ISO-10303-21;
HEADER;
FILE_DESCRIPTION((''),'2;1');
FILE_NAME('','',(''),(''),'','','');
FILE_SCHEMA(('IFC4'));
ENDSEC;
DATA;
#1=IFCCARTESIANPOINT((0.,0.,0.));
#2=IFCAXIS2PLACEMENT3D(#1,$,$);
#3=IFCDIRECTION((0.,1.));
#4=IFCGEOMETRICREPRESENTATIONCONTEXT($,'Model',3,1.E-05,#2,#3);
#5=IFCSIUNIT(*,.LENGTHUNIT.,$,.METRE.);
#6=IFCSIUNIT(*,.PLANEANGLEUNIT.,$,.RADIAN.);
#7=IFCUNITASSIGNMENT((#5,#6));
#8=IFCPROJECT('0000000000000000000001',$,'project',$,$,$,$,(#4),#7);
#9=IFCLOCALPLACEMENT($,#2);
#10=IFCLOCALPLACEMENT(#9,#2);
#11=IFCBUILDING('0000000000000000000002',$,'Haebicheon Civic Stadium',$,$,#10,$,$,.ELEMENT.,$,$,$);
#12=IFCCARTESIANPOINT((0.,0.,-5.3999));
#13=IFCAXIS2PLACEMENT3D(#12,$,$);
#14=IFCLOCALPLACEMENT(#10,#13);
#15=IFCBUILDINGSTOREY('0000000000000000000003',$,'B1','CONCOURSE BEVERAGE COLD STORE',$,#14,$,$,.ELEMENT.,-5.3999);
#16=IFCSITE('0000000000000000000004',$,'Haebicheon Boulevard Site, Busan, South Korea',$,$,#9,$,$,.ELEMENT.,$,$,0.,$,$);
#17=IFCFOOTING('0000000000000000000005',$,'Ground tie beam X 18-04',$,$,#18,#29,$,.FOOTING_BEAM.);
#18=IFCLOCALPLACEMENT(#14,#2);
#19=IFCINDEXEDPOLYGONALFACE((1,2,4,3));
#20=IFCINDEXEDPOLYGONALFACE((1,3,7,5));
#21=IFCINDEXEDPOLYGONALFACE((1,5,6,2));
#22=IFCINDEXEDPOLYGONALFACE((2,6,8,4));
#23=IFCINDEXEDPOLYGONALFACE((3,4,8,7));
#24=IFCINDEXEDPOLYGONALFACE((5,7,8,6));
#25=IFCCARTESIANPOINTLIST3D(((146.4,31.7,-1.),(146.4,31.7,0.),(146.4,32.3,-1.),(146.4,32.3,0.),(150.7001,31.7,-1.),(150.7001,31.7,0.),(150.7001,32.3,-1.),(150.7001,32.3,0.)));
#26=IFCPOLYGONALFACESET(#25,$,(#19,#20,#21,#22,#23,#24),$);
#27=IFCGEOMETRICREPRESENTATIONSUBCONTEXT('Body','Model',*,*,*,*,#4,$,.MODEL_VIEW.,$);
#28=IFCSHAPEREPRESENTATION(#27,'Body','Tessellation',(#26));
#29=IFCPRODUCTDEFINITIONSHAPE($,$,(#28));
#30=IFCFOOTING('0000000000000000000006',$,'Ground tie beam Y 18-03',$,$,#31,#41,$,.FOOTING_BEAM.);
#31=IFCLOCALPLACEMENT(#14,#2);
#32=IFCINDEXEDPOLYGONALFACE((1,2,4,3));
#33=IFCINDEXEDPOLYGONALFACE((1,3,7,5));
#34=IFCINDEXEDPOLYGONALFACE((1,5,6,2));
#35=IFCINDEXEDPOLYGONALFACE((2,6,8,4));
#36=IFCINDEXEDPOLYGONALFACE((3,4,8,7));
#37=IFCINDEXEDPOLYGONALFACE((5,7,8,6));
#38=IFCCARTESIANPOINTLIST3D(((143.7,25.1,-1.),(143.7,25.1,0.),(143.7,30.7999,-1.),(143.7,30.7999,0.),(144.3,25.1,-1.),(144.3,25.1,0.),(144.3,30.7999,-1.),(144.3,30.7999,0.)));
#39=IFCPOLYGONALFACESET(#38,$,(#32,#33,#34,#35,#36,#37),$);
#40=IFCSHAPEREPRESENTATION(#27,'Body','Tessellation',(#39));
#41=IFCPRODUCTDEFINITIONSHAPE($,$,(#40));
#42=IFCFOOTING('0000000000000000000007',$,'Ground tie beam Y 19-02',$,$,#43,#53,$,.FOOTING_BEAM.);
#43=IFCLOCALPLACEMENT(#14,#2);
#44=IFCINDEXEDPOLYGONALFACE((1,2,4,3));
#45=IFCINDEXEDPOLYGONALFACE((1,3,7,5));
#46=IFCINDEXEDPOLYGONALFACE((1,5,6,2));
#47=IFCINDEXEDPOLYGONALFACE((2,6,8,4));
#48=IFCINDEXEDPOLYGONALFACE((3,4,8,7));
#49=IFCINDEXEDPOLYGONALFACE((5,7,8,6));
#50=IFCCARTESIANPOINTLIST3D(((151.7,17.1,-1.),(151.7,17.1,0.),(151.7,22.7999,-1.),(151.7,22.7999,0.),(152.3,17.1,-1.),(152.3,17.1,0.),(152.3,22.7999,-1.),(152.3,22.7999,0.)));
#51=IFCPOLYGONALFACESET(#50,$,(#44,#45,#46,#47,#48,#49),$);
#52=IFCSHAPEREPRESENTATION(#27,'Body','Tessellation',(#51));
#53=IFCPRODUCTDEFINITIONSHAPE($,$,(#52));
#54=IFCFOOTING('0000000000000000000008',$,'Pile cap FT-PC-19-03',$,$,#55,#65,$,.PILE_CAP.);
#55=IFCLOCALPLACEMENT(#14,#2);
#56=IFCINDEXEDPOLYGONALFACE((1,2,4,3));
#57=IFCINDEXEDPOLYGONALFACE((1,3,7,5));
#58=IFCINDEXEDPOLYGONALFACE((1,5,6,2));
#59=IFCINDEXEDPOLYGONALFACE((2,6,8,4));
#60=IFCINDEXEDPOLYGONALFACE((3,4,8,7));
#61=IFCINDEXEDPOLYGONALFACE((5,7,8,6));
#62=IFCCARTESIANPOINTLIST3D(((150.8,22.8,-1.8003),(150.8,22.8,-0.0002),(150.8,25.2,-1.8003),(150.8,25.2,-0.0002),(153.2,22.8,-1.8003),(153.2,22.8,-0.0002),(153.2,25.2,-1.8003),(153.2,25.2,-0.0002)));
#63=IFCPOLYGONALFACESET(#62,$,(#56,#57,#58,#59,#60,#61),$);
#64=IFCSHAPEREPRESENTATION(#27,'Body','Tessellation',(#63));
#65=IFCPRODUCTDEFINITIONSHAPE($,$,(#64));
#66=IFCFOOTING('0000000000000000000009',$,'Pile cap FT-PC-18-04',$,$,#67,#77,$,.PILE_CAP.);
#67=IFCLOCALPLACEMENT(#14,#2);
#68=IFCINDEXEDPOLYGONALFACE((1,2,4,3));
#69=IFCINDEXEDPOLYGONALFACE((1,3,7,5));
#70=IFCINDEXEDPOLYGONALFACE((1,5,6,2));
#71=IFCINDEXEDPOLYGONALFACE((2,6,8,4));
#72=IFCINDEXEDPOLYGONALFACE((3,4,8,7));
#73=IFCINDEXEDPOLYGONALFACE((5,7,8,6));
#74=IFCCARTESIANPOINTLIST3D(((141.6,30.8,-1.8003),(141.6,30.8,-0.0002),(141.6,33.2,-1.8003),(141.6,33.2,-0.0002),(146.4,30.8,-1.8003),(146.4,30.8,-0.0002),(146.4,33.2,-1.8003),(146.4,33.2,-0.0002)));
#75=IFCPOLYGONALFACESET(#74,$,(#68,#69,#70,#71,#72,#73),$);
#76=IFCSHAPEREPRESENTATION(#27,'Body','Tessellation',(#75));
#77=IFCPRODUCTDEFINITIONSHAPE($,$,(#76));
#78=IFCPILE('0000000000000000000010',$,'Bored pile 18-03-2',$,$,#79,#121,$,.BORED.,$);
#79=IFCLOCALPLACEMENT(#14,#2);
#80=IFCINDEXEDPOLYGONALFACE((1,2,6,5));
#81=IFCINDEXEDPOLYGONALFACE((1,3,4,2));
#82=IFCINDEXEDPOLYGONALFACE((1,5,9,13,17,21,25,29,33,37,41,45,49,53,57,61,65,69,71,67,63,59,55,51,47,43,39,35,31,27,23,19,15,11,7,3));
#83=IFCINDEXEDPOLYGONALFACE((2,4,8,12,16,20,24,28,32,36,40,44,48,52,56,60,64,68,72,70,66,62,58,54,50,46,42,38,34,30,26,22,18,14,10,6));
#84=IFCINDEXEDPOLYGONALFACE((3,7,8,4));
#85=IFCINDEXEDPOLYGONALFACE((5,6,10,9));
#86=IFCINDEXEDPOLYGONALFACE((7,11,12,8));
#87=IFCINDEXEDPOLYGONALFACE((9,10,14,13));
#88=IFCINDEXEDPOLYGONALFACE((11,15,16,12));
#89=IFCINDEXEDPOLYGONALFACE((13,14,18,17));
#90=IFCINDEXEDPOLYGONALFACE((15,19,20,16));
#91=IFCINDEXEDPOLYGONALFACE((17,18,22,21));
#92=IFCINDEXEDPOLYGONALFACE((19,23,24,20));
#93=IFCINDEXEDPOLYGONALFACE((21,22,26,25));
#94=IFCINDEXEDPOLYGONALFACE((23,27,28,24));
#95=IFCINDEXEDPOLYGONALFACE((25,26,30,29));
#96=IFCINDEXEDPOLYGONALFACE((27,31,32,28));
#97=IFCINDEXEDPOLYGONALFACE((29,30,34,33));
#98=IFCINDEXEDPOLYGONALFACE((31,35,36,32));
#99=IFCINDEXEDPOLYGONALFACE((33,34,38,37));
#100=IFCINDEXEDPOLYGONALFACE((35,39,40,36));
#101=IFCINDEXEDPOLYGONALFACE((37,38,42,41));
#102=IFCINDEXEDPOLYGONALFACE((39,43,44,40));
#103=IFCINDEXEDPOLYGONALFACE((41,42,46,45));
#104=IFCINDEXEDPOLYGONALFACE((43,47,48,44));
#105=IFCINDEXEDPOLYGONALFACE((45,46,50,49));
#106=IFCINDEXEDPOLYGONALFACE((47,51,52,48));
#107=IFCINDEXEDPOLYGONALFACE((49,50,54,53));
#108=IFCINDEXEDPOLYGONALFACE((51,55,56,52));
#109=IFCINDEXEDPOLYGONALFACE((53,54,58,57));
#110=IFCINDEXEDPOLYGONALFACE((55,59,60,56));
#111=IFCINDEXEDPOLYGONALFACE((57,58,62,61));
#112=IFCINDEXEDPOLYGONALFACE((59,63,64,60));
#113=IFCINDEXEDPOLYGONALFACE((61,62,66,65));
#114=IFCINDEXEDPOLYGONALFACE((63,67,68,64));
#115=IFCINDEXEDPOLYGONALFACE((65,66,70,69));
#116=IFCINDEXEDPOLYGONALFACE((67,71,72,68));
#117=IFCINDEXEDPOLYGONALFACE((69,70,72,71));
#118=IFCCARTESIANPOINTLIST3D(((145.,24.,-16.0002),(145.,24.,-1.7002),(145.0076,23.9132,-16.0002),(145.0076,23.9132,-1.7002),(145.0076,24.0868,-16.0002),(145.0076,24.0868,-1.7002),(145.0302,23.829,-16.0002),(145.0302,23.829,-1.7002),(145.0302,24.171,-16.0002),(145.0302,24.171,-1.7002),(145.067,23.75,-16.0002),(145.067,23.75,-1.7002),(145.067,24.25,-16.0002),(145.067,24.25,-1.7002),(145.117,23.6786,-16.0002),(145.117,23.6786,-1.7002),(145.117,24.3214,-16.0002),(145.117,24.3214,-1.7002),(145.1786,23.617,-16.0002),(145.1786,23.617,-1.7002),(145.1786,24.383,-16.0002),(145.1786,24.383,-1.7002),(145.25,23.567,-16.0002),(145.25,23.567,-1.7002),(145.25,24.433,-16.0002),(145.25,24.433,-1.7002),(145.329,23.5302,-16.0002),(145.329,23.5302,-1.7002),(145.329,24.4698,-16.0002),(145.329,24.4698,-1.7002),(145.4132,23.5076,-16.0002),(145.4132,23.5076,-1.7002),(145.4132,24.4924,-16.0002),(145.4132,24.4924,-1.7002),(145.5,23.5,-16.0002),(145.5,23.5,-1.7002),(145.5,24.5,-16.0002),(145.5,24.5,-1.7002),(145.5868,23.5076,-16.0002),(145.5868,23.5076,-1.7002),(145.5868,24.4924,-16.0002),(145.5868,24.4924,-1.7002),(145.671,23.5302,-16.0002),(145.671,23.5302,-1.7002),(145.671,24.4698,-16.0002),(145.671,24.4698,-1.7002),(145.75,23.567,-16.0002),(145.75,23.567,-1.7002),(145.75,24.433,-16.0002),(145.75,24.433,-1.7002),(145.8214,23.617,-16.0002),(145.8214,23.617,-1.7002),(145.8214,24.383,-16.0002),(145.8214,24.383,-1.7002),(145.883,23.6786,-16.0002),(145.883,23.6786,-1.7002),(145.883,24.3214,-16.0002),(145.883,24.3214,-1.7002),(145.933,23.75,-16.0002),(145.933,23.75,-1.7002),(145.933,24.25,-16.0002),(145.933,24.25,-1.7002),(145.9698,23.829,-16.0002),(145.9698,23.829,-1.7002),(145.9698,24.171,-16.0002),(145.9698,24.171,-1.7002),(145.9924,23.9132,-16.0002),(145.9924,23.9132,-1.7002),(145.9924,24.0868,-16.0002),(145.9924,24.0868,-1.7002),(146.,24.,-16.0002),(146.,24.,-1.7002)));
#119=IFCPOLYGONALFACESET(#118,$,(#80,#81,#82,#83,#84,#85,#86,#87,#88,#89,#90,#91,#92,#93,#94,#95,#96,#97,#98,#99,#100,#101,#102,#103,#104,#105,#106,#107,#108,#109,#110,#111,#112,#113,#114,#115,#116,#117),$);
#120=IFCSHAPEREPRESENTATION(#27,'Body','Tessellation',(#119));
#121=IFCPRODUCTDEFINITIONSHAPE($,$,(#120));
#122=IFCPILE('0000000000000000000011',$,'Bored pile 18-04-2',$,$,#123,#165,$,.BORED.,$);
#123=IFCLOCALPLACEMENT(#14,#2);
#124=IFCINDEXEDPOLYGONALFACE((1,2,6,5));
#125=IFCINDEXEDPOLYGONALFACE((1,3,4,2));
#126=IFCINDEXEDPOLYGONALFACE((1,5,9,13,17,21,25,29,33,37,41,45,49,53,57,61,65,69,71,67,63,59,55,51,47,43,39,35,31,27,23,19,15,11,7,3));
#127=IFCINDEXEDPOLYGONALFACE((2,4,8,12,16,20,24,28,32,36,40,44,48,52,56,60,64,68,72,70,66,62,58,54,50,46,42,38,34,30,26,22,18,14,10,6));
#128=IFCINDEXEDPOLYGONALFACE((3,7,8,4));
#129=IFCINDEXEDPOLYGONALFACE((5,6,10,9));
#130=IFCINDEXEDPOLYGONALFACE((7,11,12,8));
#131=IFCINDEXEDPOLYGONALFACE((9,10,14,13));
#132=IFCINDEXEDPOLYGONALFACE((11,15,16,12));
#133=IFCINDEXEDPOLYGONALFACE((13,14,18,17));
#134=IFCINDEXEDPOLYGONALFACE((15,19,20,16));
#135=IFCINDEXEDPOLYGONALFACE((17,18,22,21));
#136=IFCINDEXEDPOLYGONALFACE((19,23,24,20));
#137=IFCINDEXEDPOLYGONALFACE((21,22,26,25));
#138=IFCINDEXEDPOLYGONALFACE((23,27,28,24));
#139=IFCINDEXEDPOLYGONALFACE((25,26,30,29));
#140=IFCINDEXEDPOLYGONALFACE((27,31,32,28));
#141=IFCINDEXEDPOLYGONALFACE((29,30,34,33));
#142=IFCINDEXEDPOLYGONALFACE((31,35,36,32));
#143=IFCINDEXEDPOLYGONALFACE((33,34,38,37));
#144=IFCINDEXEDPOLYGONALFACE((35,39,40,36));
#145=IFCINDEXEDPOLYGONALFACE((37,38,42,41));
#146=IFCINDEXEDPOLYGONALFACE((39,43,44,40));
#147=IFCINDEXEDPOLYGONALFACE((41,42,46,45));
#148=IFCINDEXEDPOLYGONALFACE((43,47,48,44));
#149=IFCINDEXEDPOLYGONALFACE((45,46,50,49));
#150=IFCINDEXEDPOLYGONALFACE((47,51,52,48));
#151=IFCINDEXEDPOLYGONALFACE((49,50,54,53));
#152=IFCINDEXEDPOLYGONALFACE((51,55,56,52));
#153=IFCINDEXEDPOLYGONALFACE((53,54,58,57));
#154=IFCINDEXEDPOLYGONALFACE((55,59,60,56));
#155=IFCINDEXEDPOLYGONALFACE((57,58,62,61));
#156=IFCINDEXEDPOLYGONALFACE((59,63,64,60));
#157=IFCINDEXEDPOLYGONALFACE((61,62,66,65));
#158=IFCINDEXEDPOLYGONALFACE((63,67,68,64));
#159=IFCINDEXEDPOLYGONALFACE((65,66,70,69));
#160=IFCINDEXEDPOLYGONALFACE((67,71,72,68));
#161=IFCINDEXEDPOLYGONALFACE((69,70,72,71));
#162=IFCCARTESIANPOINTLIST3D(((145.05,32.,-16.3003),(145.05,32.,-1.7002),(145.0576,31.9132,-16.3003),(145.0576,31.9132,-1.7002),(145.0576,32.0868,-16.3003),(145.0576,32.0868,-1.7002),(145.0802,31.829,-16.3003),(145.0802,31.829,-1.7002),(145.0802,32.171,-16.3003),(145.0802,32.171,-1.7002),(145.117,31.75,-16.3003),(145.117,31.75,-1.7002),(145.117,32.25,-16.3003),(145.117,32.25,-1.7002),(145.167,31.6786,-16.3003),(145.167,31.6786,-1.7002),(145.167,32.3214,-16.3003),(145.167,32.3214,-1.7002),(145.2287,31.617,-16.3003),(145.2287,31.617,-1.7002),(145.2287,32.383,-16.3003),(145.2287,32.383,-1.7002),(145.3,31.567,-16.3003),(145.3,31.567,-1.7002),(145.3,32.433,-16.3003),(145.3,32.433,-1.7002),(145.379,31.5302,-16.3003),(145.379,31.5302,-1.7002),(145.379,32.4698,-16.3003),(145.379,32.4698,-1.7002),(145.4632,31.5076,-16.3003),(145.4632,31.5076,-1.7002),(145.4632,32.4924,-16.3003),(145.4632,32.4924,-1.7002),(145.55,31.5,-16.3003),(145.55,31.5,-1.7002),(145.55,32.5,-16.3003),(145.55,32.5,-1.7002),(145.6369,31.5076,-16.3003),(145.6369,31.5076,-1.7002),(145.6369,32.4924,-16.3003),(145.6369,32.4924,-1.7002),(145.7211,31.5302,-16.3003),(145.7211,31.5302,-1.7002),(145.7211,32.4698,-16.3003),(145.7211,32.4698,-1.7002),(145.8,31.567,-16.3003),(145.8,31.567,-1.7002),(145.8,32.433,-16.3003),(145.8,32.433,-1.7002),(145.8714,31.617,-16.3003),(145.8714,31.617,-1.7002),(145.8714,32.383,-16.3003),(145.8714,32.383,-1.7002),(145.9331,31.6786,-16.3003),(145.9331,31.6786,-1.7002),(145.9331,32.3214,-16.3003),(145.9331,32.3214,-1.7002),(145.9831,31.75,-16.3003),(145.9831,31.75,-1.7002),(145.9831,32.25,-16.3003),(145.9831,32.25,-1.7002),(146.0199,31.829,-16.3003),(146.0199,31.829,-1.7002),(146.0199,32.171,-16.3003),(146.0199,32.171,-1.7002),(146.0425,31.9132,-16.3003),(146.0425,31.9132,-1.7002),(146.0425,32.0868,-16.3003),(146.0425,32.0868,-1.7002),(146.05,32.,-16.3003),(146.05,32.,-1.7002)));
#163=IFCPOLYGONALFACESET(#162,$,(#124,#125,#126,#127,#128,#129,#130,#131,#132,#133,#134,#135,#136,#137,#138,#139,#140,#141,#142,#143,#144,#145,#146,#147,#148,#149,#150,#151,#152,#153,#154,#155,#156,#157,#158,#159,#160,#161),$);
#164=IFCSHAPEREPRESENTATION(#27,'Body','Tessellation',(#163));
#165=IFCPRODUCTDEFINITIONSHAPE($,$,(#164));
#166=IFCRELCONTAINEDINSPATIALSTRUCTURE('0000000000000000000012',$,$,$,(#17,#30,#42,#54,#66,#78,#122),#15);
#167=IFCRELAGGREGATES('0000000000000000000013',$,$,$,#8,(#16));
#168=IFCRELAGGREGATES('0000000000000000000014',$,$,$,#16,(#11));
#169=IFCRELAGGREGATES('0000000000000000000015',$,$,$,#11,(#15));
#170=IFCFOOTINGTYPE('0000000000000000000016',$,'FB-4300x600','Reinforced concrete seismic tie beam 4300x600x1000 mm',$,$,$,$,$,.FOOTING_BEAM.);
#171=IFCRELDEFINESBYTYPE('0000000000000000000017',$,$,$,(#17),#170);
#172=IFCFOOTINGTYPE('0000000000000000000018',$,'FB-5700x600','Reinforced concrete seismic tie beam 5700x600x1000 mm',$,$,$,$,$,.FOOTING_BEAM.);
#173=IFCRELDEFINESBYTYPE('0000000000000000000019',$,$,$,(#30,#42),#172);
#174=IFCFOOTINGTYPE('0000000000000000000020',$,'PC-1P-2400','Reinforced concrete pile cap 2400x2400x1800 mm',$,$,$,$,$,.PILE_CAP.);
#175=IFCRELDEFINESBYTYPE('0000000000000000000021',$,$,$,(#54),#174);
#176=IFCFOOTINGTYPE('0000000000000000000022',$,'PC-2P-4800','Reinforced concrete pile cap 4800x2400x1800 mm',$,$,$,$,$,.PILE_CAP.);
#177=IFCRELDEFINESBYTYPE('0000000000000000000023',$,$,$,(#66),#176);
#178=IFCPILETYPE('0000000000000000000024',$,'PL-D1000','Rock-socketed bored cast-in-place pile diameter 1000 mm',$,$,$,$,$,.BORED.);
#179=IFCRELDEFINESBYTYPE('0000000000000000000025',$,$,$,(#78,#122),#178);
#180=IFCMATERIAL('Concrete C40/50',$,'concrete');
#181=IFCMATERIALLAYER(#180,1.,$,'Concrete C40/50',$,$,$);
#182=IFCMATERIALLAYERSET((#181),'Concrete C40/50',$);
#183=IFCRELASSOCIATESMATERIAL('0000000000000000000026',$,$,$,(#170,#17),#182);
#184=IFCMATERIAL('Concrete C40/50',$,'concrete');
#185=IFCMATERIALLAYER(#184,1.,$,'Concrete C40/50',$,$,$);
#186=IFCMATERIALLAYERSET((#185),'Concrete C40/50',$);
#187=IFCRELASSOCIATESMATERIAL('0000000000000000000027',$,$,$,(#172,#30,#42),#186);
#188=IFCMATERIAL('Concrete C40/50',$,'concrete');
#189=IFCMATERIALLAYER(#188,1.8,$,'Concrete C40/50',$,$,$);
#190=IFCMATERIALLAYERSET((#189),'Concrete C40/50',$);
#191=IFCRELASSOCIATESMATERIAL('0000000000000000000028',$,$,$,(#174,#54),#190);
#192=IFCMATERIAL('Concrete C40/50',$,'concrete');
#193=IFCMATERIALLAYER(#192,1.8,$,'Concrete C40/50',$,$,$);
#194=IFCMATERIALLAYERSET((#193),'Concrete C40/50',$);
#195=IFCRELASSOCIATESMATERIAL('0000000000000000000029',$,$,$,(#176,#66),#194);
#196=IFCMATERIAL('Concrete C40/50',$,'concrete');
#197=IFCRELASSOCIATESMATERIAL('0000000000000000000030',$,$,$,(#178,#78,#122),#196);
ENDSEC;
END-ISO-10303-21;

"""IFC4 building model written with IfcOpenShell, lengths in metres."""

from ifc_helpers import new_model, si_unit, direction, frame, origin, origin_2d, place, context, subcontext, project, spatial, rectangle, circle, extrude, material, layer, layer_set, material_profile, profile_set, type_object, element, save


model = new_model("IFC4")

# Units and contexts
model_context = context("Model", 3, precision=1e-05, world=origin(), true_north=direction((0.0, 1.0)))
body_context = subcontext(model_context, "Body", "Model", "MODEL_VIEW")
ifc_project = project(units=[si_unit("LENGTHUNIT", "METRE"), si_unit("PLANEANGLEUNIT", "RADIAN")], contexts=[model_context])

# Site, building, storey
site_placement = place(None, origin())
site = spatial("IfcSite", under=ifc_project, at=site_placement, Name="Haebicheon Boulevard Site, Busan, South Korea", CompositionType="ELEMENT", RefElevation=0.0)
building_placement = place(site_placement, origin())
building = spatial("IfcBuilding", under=site, at=building_placement, Name="Haebicheon Civic Stadium", CompositionType="ELEMENT")
storey_placement = place(building_placement, frame((0.0, 0.0, -5.3999)))
storey = spatial("IfcBuildingStorey", under=building, at=storey_placement, Name="B1", Description="CONCOURSE BEVERAGE COLD STORE", CompositionType="ELEMENT", Elevation=-5.3999)

# Footings
ifc_material_1 = material(Name="Concrete C40/50", Category="concrete")
ifc_layer_1 = layer(ifc_material_1, 1.0, Name="Concrete C40/50")
ifc_layer_set_1 = layer_set([ifc_layer_1], Name="Concrete C40/50")
footing_type_1 = type_object("IfcFootingType", Name="FB-4300x600", Description="Reinforced concrete seismic tie beam 4300x600x1000 mm", PredefinedType="FOOTING_BEAM", material=ifc_layer_set_1)
footing_1_placement = place(storey_placement, frame((148.55, 32.0, -1.0), z_axis=(0.0, 0.0, 1.0), x_axis=(1.0, 0.0, 0.0)))
element("IfcFooting", 1, at=footing_1_placement, inside=storey, type_object=footing_type_1, material=ifc_layer_set_1, Name="Ground tie beam X 18-04", PredefinedType="FOOTING_BEAM", context=body_context, shape_type="SweptSolid", body=[
    extrude(rectangle(XDim=4.3, YDim=0.6001, at=origin_2d()), origin(), (0.0, 0.0, 1.0), 1.0),
])
ifc_material_2 = material(Name="Concrete C40/50", Category="concrete")
ifc_layer_2 = layer(ifc_material_2, 1.0, Name="Concrete C40/50")
ifc_layer_set_2 = layer_set([ifc_layer_2], Name="Concrete C40/50")
footing_type_2 = type_object("IfcFootingType", Name="FB-5700x600", Description="Reinforced concrete seismic tie beam 5700x600x1000 mm", PredefinedType="FOOTING_BEAM", material=ifc_layer_set_2)
for number, where, z_axis, x_axis, name in (
    (2, (144.0, 27.95, -1.0), (0.0, 0.0, 1.0), (0.0, 1.0, 0.0), "Ground tie beam Y 18-03"),
    (3, (152.0, 19.95, -1.0), (0.0, 0.0, 1.0), (0.0, 1.0, 0.0), "Ground tie beam Y 19-02"),
):
    element("IfcFooting", number, at=place(storey_placement, frame(where, z_axis=z_axis, x_axis=x_axis)), inside=storey, type_object=footing_type_2, material=ifc_layer_set_2, Name=name, PredefinedType="FOOTING_BEAM", context=body_context, shape_type="SweptSolid", body=[
        extrude(rectangle(XDim=5.7, YDim=0.6001, at=origin_2d()), origin(), (0.0, 0.0, 1.0), 1.0),
    ])
ifc_material_3 = material(Name="Concrete C40/50", Category="concrete")
ifc_layer_3 = layer(ifc_material_3, 1.8, Name="Concrete C40/50")
ifc_layer_set_3 = layer_set([ifc_layer_3], Name="Concrete C40/50")
footing_type_3 = type_object("IfcFootingType", Name="PC-1P-2400", Description="Reinforced concrete pile cap 2400x2400x1800 mm", PredefinedType="PILE_CAP", material=ifc_layer_set_3)
footing_2_placement = place(storey_placement, frame((152.0, 24.0, -1.8003), z_axis=(0.0, 0.0, 1.0), x_axis=(1.0, 0.0, 0.0)))
element("IfcFooting", 4, at=footing_2_placement, inside=storey, type_object=footing_type_3, material=ifc_layer_set_3, Name="Pile cap FT-PC-19-03", PredefinedType="PILE_CAP", context=body_context, shape_type="SweptSolid", body=[
    extrude(rectangle(XDim=2.3999, YDim=2.3999, at=origin_2d()), origin(), (0.0, 0.0, 1.0), 1.8),
])
ifc_material_4 = material(Name="Concrete C40/50", Category="concrete")
ifc_layer_4 = layer(ifc_material_4, 1.8, Name="Concrete C40/50")
ifc_layer_set_4 = layer_set([ifc_layer_4], Name="Concrete C40/50")
footing_type_4 = type_object("IfcFootingType", Name="PC-2P-4800", Description="Reinforced concrete pile cap 4800x2400x1800 mm", PredefinedType="PILE_CAP", material=ifc_layer_set_4)
footing_3_placement = place(storey_placement, frame((144.0, 32.0, -1.8003), z_axis=(0.0, 0.0, 1.0), x_axis=(1.0, 0.0, 0.0)))
element("IfcFooting", 5, at=footing_3_placement, inside=storey, type_object=footing_type_4, material=ifc_layer_set_4, Name="Pile cap FT-PC-18-04", PredefinedType="PILE_CAP", context=body_context, shape_type="SweptSolid", body=[
    extrude(rectangle(XDim=4.8, YDim=2.3999, at=origin_2d()), origin(), (0.0, 0.0, 1.0), 1.8),
])

# Piles
ifc_material_5 = material(Name="Concrete C40/50", Category="concrete")
ifc_material_profile_1 = material_profile(ifc_material_5, circle(Radius=0.5, at=origin_2d()), Name="PILE-D1000")
ifc_profile_set_1 = profile_set([ifc_material_profile_1], Name="Concrete C40/50")
pile_type_1 = type_object("IfcPileType", Name="PL-D1000", Description="Rock-socketed bored cast-in-place pile diameter 1000 mm", PredefinedType="BORED", material=ifc_profile_set_1)
pile_1_placement = place(storey_placement, frame((145.5, 24.0, -1.7002), z_axis=(0.0, 0.0, -1.0), x_axis=(1.0, 0.0, 0.0)))
element("IfcPile", 6, at=pile_1_placement, inside=storey, type_object=pile_type_1, material=ifc_profile_set_1, Name="Bored pile 18-03-2", PredefinedType="BORED", context=body_context, shape_type="SweptSolid", body=[
    extrude(circle(Radius=0.5, at=origin_2d()), origin(), (0.0, 0.0, 1.0), 14.3),
])
pile_2_placement = place(storey_placement, frame((145.55, 32.0, -1.7002), z_axis=(0.0, 0.0, -1.0), x_axis=(1.0, 0.0, 0.0)))
element("IfcPile", 7, at=pile_2_placement, inside=storey, type_object=pile_type_1, material=ifc_profile_set_1, Name="Bored pile 18-04-2", PredefinedType="BORED", context=body_context, shape_type="SweptSolid", body=[
    extrude(circle(Radius=0.5, at=origin_2d()), origin(), (0.0, 0.0, 1.0), 14.6001),
])

save(model, "model.ifc")
